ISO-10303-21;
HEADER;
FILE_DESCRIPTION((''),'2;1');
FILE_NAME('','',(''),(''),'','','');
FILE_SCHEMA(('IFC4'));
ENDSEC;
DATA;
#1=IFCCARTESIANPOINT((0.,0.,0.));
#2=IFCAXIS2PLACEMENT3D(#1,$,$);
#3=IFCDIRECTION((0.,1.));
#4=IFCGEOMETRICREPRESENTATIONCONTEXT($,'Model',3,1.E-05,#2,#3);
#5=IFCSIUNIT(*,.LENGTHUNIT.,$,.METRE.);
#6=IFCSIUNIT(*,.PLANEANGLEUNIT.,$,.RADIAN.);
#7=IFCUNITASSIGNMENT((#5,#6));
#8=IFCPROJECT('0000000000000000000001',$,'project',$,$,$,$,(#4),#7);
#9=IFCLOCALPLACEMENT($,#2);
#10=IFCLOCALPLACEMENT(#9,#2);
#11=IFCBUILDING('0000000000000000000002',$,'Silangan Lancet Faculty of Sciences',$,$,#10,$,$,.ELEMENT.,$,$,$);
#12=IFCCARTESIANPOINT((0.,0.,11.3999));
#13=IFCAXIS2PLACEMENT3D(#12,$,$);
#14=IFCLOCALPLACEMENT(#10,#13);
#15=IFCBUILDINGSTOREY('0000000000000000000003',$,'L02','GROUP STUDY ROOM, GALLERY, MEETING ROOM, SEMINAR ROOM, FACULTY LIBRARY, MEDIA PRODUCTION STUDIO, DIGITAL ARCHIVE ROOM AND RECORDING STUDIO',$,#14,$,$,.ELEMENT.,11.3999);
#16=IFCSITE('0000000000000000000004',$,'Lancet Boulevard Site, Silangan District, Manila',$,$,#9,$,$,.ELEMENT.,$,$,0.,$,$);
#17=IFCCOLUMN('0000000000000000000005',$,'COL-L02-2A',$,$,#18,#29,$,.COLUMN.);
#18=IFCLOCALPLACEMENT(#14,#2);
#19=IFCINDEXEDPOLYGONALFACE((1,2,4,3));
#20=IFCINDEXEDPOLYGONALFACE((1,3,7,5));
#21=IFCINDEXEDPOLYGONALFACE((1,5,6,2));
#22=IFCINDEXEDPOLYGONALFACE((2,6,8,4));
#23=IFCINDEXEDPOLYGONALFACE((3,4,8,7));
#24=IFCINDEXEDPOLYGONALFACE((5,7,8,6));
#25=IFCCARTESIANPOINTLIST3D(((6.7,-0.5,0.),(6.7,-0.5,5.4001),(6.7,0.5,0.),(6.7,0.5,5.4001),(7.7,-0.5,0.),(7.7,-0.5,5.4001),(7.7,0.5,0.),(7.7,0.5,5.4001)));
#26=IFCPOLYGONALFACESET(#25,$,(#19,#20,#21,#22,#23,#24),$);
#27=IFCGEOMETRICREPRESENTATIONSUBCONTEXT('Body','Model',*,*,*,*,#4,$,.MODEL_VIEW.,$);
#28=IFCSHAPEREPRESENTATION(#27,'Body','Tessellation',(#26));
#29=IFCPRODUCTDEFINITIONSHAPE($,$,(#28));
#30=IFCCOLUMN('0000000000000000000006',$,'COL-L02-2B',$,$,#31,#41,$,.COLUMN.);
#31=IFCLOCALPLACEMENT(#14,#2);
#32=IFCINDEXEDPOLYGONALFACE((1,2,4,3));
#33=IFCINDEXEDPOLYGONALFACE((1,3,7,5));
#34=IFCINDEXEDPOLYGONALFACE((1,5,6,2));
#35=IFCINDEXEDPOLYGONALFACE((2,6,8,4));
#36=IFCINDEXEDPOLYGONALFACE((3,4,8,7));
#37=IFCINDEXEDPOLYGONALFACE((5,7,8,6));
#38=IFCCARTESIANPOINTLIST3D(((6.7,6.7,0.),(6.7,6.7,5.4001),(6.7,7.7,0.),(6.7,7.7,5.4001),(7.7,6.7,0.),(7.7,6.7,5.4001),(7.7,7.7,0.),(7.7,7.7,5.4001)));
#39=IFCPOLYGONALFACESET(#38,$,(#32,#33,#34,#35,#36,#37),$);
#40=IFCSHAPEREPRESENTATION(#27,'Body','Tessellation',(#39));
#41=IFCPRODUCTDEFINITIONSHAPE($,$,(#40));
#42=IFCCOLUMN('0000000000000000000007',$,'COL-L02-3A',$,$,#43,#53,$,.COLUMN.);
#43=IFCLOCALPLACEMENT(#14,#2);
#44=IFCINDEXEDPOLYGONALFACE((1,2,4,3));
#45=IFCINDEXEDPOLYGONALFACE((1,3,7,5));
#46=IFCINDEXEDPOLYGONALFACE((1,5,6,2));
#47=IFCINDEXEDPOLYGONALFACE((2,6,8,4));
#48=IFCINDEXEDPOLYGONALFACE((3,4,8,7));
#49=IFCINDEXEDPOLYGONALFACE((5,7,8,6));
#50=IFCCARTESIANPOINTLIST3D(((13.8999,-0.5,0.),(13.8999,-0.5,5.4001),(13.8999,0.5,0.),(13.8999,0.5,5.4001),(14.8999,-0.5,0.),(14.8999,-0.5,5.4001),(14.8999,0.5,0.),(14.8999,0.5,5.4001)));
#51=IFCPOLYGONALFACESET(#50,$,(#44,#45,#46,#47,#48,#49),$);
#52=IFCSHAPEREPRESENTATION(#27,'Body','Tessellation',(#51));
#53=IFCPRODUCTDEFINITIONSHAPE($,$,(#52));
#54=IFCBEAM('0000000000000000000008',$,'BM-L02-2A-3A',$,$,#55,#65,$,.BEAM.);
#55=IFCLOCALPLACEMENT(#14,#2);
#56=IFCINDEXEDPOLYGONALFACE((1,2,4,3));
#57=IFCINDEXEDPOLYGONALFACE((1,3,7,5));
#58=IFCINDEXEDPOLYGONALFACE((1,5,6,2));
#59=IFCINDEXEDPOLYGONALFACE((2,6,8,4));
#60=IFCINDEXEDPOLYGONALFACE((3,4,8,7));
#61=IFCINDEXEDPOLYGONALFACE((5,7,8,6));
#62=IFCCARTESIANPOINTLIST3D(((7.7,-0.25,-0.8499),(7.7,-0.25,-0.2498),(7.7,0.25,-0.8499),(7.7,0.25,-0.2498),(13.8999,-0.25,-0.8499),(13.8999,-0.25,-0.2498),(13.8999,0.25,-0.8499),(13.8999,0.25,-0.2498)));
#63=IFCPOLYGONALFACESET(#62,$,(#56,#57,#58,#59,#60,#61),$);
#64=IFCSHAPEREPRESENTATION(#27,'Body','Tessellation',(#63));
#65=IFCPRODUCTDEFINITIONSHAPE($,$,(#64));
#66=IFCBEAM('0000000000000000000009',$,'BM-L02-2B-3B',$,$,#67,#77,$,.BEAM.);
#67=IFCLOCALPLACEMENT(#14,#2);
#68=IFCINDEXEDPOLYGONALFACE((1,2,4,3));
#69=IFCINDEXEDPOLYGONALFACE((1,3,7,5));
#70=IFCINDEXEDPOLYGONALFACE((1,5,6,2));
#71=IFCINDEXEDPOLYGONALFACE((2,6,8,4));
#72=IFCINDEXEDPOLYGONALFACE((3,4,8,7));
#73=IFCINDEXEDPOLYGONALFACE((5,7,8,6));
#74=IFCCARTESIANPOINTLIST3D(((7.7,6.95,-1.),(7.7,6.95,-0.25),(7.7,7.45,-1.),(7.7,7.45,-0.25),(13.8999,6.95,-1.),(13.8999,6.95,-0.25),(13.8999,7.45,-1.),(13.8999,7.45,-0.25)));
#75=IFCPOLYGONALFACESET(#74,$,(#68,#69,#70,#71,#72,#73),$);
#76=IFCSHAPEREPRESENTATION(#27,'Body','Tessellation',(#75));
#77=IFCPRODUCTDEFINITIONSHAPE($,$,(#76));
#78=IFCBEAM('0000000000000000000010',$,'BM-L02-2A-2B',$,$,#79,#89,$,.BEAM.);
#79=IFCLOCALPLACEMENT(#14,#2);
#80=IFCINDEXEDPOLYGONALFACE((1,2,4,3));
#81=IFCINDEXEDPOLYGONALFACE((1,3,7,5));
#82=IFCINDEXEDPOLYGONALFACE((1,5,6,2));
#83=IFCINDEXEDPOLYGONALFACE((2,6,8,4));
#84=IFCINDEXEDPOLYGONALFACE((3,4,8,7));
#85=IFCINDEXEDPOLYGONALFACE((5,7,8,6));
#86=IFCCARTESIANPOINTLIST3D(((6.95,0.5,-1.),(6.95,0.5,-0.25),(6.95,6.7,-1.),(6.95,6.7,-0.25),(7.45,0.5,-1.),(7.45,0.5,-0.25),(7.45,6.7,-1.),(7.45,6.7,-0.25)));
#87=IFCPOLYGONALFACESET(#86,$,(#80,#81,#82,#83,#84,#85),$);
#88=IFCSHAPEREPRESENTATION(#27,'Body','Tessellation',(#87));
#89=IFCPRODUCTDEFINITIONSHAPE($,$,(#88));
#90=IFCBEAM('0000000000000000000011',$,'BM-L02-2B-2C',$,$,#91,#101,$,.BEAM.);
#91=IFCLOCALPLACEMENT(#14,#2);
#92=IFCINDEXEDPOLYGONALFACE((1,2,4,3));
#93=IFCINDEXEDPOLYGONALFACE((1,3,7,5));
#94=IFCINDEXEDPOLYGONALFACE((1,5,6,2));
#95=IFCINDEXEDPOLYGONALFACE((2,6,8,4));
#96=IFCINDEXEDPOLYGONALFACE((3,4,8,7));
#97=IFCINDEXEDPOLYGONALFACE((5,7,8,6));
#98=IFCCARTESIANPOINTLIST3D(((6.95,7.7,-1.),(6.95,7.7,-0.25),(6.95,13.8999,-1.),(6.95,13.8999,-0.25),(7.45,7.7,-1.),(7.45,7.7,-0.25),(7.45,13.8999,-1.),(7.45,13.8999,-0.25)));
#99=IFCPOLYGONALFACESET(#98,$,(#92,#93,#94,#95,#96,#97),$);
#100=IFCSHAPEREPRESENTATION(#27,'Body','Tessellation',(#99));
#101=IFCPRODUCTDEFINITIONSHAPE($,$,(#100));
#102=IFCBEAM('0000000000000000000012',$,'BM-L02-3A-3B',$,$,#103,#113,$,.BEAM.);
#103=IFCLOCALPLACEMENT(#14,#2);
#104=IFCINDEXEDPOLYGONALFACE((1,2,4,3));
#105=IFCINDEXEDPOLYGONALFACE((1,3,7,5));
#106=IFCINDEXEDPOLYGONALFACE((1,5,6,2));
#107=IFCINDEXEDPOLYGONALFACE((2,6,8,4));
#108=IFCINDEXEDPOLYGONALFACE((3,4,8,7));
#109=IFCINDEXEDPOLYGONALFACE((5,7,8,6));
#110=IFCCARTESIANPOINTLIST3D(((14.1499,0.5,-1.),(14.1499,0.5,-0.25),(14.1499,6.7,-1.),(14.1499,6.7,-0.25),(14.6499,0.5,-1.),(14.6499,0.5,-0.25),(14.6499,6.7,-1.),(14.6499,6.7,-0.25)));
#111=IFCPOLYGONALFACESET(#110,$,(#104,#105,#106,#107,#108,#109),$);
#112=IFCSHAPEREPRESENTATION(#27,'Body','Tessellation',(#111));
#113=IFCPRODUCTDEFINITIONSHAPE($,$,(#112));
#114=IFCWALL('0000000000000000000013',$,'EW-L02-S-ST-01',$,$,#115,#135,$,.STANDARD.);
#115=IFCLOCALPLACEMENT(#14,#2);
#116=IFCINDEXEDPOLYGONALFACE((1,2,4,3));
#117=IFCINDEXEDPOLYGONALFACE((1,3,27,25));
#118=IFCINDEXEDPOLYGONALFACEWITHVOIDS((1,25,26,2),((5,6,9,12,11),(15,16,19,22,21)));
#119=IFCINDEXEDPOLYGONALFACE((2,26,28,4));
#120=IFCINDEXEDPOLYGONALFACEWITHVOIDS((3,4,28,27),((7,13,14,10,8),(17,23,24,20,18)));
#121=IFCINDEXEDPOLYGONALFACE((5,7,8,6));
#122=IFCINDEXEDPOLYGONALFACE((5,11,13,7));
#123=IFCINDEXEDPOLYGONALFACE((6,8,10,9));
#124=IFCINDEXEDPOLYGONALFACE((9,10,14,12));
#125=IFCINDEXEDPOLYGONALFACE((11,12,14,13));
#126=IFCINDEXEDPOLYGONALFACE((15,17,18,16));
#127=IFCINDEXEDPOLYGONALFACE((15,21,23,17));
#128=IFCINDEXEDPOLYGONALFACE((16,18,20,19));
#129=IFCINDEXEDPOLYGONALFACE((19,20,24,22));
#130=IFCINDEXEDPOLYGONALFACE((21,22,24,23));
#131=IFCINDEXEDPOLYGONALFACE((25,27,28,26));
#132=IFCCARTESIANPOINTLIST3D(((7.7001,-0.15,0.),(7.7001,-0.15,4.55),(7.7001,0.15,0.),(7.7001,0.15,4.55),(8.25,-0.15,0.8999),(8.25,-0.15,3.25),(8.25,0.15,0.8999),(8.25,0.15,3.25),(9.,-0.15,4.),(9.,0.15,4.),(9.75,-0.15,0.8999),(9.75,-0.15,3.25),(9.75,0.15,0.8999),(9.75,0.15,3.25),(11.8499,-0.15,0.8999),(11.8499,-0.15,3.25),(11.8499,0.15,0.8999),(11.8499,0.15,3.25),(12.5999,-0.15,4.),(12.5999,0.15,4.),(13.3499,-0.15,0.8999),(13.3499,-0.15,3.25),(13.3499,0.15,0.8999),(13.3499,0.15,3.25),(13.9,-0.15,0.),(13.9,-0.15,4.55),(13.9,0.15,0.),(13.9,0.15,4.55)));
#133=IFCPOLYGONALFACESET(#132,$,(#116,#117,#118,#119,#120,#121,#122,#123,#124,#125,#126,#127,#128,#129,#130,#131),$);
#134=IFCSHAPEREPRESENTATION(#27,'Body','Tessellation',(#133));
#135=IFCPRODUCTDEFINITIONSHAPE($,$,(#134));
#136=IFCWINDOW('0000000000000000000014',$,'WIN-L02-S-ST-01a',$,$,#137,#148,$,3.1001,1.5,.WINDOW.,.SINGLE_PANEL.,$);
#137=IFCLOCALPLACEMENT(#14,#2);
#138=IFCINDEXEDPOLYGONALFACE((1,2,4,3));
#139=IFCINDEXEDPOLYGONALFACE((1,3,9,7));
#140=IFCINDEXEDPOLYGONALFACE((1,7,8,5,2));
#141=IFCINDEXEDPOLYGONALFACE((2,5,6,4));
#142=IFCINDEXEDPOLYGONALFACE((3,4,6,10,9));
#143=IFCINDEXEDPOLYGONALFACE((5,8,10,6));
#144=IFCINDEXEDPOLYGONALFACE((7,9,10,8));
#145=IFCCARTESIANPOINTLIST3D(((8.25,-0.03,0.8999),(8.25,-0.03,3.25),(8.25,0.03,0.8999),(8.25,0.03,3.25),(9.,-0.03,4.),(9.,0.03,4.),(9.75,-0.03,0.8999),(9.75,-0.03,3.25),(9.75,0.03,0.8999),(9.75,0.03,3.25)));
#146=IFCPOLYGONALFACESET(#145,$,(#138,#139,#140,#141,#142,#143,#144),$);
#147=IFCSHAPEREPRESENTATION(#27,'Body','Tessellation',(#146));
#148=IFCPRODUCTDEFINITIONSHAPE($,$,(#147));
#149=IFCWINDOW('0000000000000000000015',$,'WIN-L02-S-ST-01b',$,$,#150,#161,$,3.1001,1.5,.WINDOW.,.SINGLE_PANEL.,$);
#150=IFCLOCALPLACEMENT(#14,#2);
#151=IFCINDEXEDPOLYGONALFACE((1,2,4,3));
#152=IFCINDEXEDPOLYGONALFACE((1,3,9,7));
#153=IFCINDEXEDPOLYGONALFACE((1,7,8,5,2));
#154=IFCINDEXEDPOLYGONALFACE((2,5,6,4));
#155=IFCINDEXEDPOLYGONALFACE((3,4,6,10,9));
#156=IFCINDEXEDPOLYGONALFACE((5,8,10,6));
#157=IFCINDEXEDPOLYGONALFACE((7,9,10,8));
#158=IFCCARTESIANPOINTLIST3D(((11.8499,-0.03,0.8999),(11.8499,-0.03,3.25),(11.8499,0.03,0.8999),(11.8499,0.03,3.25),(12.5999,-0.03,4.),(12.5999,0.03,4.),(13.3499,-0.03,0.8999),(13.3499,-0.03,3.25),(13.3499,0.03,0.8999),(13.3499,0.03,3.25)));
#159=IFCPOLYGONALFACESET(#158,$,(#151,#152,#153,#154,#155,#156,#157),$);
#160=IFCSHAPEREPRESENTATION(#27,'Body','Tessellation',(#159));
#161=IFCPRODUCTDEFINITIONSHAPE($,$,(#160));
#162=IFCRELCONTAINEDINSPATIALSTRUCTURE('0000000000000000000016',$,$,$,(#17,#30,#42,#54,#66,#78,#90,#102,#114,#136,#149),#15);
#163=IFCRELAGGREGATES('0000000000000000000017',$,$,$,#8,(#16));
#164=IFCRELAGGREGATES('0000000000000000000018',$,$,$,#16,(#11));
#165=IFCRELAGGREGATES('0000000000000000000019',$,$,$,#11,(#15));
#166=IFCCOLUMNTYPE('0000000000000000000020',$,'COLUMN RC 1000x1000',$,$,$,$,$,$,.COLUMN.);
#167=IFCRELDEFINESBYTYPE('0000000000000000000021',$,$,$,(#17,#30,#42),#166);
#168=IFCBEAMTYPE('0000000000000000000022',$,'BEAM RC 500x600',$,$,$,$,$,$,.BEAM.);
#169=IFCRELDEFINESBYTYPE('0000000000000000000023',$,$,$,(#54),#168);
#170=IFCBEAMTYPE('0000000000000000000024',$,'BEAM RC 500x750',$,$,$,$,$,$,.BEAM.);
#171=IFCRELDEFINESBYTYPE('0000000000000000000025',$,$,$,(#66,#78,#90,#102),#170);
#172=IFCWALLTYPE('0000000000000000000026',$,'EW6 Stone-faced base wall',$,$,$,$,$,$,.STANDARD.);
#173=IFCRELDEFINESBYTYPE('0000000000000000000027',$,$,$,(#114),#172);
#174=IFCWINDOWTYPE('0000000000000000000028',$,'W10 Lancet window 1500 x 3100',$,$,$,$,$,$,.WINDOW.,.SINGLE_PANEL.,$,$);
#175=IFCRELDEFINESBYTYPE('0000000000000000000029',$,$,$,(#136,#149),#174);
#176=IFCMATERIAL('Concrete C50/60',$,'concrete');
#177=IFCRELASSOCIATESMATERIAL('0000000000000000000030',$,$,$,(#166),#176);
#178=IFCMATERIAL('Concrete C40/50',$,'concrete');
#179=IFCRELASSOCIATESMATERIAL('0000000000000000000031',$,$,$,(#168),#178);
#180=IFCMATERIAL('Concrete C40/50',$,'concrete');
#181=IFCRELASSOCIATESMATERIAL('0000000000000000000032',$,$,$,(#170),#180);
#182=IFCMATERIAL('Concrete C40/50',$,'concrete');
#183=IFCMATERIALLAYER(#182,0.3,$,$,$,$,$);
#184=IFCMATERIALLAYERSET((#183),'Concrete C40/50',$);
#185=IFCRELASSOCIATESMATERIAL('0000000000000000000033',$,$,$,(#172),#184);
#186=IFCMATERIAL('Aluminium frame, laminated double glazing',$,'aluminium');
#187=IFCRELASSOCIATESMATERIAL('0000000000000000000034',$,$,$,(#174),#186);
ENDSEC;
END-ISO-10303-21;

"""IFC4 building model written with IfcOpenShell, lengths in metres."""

from ifc_helpers import new_model, si_unit, direction, frame, frame_2d, origin, origin_2d, place, context, subcontext, project, spatial, polyline, rectangle, outline, extrude, material, layer, layer_set, material_profile, profile_set, type_object, element, fill, save


model = new_model("IFC4")

# Units and contexts
model_context = context("Model", 3, precision=1e-05, world=origin(), true_north=direction((0.0, 1.0)))
body_context = subcontext(model_context, "Body", "Model", "MODEL_VIEW")
ifc_project = project(units=[si_unit("LENGTHUNIT", "METRE"), si_unit("PLANEANGLEUNIT", "RADIAN")], contexts=[model_context])

# Site, building, storey
site_placement = place(None, origin())
site = spatial("IfcSite", under=ifc_project, at=site_placement, Name="Lancet Boulevard Site, Silangan District, Manila", CompositionType="ELEMENT", RefElevation=0.0)
building_placement = place(site_placement, origin())
building = spatial("IfcBuilding", under=site, at=building_placement, Name="Silangan Lancet Faculty of Sciences", CompositionType="ELEMENT")
storey_placement = place(building_placement, frame((0.0, 0.0, 11.3999)))
storey = spatial("IfcBuildingStorey", under=building, at=storey_placement, Name="L02", Description="GROUP STUDY ROOM, GALLERY, MEETING ROOM, SEMINAR ROOM, FACULTY LIBRARY, MEDIA PRODUCTION STUDIO, DIGITAL ARCHIVE ROOM AND RECORDING STUDIO", CompositionType="ELEMENT", Elevation=11.3999)

# Columns
ifc_material_1 = material(Name="Concrete C50/60", Category="concrete")
ifc_material_profile_1 = material_profile(ifc_material_1, rectangle(XDim=1.0, YDim=1.0, at=origin_2d()), Name="RC 1000x1000")
ifc_profile_set_1 = profile_set([ifc_material_profile_1], Name="Concrete C50/60")
column_type = type_object("IfcColumnType", Name="COLUMN RC 1000x1000", PredefinedType="COLUMN", material=ifc_profile_set_1)
for number, where, z_axis, x_axis, name in (
    (1, (7.2, 0.0, 0.0), (0.0, 0.0, 1.0), (1.0, 0.0, 0.0), "COL-L02-2A"),
    (2, (7.2, 7.2, 0.0), (0.0, 0.0, 1.0), (1.0, 0.0, 0.0), "COL-L02-2B"),
    (3, (14.3999, 0.0, 0.0), (0.0, 0.0, 1.0), (1.0, 0.0, 0.0), "COL-L02-3A"),
):
    element("IfcColumn", number, at=place(storey_placement, frame(where, z_axis=z_axis, x_axis=x_axis)), inside=storey, type_object=column_type, Name=name, PredefinedType="COLUMN", context=body_context, shape_type="SweptSolid", body=[
        extrude(rectangle(XDim=1.0, YDim=1.0, at=origin_2d()), origin(), (0.0, 0.0, 1.0), 5.4001),
    ])

# Beams
ifc_material_2 = material(Name="Concrete C40/50", Category="concrete")
ifc_material_profile_2 = material_profile(ifc_material_2, rectangle(XDim=0.5, YDim=0.6001, at=origin_2d()), Name="RC 500x600")
ifc_profile_set_2 = profile_set([ifc_material_profile_2], Name="Concrete C40/50")
beam_type_1 = type_object("IfcBeamType", Name="BEAM RC 500x600", PredefinedType="BEAM", material=ifc_profile_set_2)
beam_placement = place(storey_placement, frame((7.7, 0.0, -0.5498), z_axis=(1.0, 0.0, 0.0), x_axis=(0.0, 1.0, 0.0)))
element("IfcBeam", 4, at=beam_placement, inside=storey, type_object=beam_type_1, Name="BM-L02-2A-3A", PredefinedType="BEAM", context=body_context, shape_type="SweptSolid", body=[
    extrude(rectangle(XDim=0.5, YDim=0.6001, at=origin_2d()), origin(), (0.0, 0.0, 1.0), 6.2),
])
ifc_material_3 = material(Name="Concrete C40/50", Category="concrete")
ifc_material_profile_3 = material_profile(ifc_material_3, rectangle(XDim=0.5, YDim=0.75, at=origin_2d()), Name="RC 500x750")
ifc_profile_set_3 = profile_set([ifc_material_profile_3], Name="Concrete C40/50")
beam_type_2 = type_object("IfcBeamType", Name="BEAM RC 500x750", PredefinedType="BEAM", material=ifc_profile_set_3)
for number, where, z_axis, x_axis, name in (
    (5, (7.7, 7.2, -0.625), (1.0, 0.0, 0.0), (0.0, 1.0, 0.0), "BM-L02-2B-3B"),
    (6, (7.2, 0.5, -0.625), (0.0, 1.0, 0.0), (-1.0, 0.0, 0.0), "BM-L02-2A-2B"),
    (7, (7.2, 7.7, -0.625), (0.0, 1.0, 0.0), (-1.0, 0.0, 0.0), "BM-L02-2B-2C"),
    (8, (14.3999, 0.5, -0.625), (0.0, 1.0, 0.0), (-1.0, 0.0, 0.0), "BM-L02-3A-3B"),
):
    element("IfcBeam", number, at=place(storey_placement, frame(where, z_axis=z_axis, x_axis=x_axis)), inside=storey, type_object=beam_type_2, Name=name, PredefinedType="BEAM", context=body_context, shape_type="SweptSolid", body=[
        extrude(rectangle(XDim=0.5, YDim=0.75, at=origin_2d()), origin(), (0.0, 0.0, 1.0), 6.2),
    ])

# Wall, openings, windows
ifc_material_4 = material(Name="Concrete C40/50", Category="concrete")
ifc_layer_1 = layer(ifc_material_4, 0.3)
ifc_layer_set_1 = layer_set([ifc_layer_1], Name="Concrete C40/50")
wall_type_1 = type_object("IfcWallType", Name="EW6 Stone-faced base wall", PredefinedType="STANDARD", material=ifc_layer_set_1)
wall_1_placement = place(storey_placement, frame((7.7, 0.0, 0.0), z_axis=(0.0, 0.0, 1.0), x_axis=(1.0, 0.0, 0.0)))
wall_1 = element("IfcWall", 9, at=wall_1_placement, inside=storey, type_object=wall_type_1, Name="EW-L02-S-ST-01", PredefinedType="STANDARD", context=body_context, shape_type="SweptSolid", body=[
    extrude(rectangle(XDim=6.2, YDim=0.3, at=frame_2d((3.1001, 0.0))), origin(), (0.0, 0.0, 1.0), 4.55),
])
opening_1_placement = place(wall_1_placement, frame((0.55, 0.0, 0.8999)))
opening_1 = element("IfcOpeningElement", 10, at=opening_1_placement, cuts=wall_1, PredefinedType="OPENING", context=body_context, shape_type="SweptSolid", body=[
    extrude(outline(polyline([(0.0, 0.0), (1.5, 0.0), (1.5, 2.3501), (0.75, 3.1001), (0.0, 2.3501), (0.0, 0.0)])), frame((0.0, 0.1599, 0.0), z_axis=(0.0, -1.0, 0.0), x_axis=(1.0, 0.0, 0.0)), (0.0, 0.0, 1.0), 0.3201),
])
opening_2_placement = place(wall_1_placement, frame((4.1499, 0.0, 0.8999)))
opening_2 = element("IfcOpeningElement", 11, at=opening_2_placement, cuts=wall_1, PredefinedType="OPENING", context=body_context, shape_type="SweptSolid", body=[
    extrude(outline(polyline([(0.0, 0.0), (1.5, 0.0), (1.5, 2.3501), (0.75, 3.1001), (0.0, 2.3501), (0.0, 0.0)])), frame((0.0, 0.1599, 0.0), z_axis=(0.0, -1.0, 0.0), x_axis=(1.0, 0.0, 0.0)), (0.0, 0.0, 1.0), 0.3201),
])
ifc_material_5 = material(Name="Aluminium frame, laminated double glazing", Category="aluminium")
window_type = type_object("IfcWindowType", Name="W10 Lancet window 1500 x 3100", PartitioningType="SINGLE_PANEL", PredefinedType="WINDOW", material=ifc_material_5)
window_1_placement = place(opening_1_placement, origin())
window_1 = element("IfcWindow", 12, at=window_1_placement, inside=storey, type_object=window_type, Name="WIN-L02-S-ST-01a", OverallHeight=3.1001, OverallWidth=1.5, PartitioningType="SINGLE_PANEL", PredefinedType="WINDOW", context=body_context, shape_type="SweptSolid", body=[
    extrude(outline(polyline([(0.0, 0.0), (1.5, 0.0), (1.5, 2.3501), (0.75, 3.1001), (0.0, 2.3501), (0.0, 0.0)])), frame((0.0, 0.03, 0.0), z_axis=(0.0, -1.0, 0.0), x_axis=(1.0, 0.0, 0.0)), (0.0, 0.0, 1.0), 0.0601),
])
fill(opening_1, window_1)
window_2_placement = place(opening_2_placement, origin())
window_2 = element("IfcWindow", 13, at=window_2_placement, inside=storey, type_object=window_type, Name="WIN-L02-S-ST-01b", OverallHeight=3.1001, OverallWidth=1.5, PartitioningType="SINGLE_PANEL", PredefinedType="WINDOW", context=body_context, shape_type="SweptSolid", body=[
    extrude(outline(polyline([(0.0, 0.0), (1.5, 0.0), (1.5, 2.3501), (0.75, 3.1001), (0.0, 2.3501), (0.0, 0.0)])), frame((0.0, 0.03, 0.0), z_axis=(0.0, -1.0, 0.0), x_axis=(1.0, 0.0, 0.0)), (0.0, 0.0, 1.0), 0.0601),
])
fill(opening_2, window_2)

save(model, "model.ifc")
